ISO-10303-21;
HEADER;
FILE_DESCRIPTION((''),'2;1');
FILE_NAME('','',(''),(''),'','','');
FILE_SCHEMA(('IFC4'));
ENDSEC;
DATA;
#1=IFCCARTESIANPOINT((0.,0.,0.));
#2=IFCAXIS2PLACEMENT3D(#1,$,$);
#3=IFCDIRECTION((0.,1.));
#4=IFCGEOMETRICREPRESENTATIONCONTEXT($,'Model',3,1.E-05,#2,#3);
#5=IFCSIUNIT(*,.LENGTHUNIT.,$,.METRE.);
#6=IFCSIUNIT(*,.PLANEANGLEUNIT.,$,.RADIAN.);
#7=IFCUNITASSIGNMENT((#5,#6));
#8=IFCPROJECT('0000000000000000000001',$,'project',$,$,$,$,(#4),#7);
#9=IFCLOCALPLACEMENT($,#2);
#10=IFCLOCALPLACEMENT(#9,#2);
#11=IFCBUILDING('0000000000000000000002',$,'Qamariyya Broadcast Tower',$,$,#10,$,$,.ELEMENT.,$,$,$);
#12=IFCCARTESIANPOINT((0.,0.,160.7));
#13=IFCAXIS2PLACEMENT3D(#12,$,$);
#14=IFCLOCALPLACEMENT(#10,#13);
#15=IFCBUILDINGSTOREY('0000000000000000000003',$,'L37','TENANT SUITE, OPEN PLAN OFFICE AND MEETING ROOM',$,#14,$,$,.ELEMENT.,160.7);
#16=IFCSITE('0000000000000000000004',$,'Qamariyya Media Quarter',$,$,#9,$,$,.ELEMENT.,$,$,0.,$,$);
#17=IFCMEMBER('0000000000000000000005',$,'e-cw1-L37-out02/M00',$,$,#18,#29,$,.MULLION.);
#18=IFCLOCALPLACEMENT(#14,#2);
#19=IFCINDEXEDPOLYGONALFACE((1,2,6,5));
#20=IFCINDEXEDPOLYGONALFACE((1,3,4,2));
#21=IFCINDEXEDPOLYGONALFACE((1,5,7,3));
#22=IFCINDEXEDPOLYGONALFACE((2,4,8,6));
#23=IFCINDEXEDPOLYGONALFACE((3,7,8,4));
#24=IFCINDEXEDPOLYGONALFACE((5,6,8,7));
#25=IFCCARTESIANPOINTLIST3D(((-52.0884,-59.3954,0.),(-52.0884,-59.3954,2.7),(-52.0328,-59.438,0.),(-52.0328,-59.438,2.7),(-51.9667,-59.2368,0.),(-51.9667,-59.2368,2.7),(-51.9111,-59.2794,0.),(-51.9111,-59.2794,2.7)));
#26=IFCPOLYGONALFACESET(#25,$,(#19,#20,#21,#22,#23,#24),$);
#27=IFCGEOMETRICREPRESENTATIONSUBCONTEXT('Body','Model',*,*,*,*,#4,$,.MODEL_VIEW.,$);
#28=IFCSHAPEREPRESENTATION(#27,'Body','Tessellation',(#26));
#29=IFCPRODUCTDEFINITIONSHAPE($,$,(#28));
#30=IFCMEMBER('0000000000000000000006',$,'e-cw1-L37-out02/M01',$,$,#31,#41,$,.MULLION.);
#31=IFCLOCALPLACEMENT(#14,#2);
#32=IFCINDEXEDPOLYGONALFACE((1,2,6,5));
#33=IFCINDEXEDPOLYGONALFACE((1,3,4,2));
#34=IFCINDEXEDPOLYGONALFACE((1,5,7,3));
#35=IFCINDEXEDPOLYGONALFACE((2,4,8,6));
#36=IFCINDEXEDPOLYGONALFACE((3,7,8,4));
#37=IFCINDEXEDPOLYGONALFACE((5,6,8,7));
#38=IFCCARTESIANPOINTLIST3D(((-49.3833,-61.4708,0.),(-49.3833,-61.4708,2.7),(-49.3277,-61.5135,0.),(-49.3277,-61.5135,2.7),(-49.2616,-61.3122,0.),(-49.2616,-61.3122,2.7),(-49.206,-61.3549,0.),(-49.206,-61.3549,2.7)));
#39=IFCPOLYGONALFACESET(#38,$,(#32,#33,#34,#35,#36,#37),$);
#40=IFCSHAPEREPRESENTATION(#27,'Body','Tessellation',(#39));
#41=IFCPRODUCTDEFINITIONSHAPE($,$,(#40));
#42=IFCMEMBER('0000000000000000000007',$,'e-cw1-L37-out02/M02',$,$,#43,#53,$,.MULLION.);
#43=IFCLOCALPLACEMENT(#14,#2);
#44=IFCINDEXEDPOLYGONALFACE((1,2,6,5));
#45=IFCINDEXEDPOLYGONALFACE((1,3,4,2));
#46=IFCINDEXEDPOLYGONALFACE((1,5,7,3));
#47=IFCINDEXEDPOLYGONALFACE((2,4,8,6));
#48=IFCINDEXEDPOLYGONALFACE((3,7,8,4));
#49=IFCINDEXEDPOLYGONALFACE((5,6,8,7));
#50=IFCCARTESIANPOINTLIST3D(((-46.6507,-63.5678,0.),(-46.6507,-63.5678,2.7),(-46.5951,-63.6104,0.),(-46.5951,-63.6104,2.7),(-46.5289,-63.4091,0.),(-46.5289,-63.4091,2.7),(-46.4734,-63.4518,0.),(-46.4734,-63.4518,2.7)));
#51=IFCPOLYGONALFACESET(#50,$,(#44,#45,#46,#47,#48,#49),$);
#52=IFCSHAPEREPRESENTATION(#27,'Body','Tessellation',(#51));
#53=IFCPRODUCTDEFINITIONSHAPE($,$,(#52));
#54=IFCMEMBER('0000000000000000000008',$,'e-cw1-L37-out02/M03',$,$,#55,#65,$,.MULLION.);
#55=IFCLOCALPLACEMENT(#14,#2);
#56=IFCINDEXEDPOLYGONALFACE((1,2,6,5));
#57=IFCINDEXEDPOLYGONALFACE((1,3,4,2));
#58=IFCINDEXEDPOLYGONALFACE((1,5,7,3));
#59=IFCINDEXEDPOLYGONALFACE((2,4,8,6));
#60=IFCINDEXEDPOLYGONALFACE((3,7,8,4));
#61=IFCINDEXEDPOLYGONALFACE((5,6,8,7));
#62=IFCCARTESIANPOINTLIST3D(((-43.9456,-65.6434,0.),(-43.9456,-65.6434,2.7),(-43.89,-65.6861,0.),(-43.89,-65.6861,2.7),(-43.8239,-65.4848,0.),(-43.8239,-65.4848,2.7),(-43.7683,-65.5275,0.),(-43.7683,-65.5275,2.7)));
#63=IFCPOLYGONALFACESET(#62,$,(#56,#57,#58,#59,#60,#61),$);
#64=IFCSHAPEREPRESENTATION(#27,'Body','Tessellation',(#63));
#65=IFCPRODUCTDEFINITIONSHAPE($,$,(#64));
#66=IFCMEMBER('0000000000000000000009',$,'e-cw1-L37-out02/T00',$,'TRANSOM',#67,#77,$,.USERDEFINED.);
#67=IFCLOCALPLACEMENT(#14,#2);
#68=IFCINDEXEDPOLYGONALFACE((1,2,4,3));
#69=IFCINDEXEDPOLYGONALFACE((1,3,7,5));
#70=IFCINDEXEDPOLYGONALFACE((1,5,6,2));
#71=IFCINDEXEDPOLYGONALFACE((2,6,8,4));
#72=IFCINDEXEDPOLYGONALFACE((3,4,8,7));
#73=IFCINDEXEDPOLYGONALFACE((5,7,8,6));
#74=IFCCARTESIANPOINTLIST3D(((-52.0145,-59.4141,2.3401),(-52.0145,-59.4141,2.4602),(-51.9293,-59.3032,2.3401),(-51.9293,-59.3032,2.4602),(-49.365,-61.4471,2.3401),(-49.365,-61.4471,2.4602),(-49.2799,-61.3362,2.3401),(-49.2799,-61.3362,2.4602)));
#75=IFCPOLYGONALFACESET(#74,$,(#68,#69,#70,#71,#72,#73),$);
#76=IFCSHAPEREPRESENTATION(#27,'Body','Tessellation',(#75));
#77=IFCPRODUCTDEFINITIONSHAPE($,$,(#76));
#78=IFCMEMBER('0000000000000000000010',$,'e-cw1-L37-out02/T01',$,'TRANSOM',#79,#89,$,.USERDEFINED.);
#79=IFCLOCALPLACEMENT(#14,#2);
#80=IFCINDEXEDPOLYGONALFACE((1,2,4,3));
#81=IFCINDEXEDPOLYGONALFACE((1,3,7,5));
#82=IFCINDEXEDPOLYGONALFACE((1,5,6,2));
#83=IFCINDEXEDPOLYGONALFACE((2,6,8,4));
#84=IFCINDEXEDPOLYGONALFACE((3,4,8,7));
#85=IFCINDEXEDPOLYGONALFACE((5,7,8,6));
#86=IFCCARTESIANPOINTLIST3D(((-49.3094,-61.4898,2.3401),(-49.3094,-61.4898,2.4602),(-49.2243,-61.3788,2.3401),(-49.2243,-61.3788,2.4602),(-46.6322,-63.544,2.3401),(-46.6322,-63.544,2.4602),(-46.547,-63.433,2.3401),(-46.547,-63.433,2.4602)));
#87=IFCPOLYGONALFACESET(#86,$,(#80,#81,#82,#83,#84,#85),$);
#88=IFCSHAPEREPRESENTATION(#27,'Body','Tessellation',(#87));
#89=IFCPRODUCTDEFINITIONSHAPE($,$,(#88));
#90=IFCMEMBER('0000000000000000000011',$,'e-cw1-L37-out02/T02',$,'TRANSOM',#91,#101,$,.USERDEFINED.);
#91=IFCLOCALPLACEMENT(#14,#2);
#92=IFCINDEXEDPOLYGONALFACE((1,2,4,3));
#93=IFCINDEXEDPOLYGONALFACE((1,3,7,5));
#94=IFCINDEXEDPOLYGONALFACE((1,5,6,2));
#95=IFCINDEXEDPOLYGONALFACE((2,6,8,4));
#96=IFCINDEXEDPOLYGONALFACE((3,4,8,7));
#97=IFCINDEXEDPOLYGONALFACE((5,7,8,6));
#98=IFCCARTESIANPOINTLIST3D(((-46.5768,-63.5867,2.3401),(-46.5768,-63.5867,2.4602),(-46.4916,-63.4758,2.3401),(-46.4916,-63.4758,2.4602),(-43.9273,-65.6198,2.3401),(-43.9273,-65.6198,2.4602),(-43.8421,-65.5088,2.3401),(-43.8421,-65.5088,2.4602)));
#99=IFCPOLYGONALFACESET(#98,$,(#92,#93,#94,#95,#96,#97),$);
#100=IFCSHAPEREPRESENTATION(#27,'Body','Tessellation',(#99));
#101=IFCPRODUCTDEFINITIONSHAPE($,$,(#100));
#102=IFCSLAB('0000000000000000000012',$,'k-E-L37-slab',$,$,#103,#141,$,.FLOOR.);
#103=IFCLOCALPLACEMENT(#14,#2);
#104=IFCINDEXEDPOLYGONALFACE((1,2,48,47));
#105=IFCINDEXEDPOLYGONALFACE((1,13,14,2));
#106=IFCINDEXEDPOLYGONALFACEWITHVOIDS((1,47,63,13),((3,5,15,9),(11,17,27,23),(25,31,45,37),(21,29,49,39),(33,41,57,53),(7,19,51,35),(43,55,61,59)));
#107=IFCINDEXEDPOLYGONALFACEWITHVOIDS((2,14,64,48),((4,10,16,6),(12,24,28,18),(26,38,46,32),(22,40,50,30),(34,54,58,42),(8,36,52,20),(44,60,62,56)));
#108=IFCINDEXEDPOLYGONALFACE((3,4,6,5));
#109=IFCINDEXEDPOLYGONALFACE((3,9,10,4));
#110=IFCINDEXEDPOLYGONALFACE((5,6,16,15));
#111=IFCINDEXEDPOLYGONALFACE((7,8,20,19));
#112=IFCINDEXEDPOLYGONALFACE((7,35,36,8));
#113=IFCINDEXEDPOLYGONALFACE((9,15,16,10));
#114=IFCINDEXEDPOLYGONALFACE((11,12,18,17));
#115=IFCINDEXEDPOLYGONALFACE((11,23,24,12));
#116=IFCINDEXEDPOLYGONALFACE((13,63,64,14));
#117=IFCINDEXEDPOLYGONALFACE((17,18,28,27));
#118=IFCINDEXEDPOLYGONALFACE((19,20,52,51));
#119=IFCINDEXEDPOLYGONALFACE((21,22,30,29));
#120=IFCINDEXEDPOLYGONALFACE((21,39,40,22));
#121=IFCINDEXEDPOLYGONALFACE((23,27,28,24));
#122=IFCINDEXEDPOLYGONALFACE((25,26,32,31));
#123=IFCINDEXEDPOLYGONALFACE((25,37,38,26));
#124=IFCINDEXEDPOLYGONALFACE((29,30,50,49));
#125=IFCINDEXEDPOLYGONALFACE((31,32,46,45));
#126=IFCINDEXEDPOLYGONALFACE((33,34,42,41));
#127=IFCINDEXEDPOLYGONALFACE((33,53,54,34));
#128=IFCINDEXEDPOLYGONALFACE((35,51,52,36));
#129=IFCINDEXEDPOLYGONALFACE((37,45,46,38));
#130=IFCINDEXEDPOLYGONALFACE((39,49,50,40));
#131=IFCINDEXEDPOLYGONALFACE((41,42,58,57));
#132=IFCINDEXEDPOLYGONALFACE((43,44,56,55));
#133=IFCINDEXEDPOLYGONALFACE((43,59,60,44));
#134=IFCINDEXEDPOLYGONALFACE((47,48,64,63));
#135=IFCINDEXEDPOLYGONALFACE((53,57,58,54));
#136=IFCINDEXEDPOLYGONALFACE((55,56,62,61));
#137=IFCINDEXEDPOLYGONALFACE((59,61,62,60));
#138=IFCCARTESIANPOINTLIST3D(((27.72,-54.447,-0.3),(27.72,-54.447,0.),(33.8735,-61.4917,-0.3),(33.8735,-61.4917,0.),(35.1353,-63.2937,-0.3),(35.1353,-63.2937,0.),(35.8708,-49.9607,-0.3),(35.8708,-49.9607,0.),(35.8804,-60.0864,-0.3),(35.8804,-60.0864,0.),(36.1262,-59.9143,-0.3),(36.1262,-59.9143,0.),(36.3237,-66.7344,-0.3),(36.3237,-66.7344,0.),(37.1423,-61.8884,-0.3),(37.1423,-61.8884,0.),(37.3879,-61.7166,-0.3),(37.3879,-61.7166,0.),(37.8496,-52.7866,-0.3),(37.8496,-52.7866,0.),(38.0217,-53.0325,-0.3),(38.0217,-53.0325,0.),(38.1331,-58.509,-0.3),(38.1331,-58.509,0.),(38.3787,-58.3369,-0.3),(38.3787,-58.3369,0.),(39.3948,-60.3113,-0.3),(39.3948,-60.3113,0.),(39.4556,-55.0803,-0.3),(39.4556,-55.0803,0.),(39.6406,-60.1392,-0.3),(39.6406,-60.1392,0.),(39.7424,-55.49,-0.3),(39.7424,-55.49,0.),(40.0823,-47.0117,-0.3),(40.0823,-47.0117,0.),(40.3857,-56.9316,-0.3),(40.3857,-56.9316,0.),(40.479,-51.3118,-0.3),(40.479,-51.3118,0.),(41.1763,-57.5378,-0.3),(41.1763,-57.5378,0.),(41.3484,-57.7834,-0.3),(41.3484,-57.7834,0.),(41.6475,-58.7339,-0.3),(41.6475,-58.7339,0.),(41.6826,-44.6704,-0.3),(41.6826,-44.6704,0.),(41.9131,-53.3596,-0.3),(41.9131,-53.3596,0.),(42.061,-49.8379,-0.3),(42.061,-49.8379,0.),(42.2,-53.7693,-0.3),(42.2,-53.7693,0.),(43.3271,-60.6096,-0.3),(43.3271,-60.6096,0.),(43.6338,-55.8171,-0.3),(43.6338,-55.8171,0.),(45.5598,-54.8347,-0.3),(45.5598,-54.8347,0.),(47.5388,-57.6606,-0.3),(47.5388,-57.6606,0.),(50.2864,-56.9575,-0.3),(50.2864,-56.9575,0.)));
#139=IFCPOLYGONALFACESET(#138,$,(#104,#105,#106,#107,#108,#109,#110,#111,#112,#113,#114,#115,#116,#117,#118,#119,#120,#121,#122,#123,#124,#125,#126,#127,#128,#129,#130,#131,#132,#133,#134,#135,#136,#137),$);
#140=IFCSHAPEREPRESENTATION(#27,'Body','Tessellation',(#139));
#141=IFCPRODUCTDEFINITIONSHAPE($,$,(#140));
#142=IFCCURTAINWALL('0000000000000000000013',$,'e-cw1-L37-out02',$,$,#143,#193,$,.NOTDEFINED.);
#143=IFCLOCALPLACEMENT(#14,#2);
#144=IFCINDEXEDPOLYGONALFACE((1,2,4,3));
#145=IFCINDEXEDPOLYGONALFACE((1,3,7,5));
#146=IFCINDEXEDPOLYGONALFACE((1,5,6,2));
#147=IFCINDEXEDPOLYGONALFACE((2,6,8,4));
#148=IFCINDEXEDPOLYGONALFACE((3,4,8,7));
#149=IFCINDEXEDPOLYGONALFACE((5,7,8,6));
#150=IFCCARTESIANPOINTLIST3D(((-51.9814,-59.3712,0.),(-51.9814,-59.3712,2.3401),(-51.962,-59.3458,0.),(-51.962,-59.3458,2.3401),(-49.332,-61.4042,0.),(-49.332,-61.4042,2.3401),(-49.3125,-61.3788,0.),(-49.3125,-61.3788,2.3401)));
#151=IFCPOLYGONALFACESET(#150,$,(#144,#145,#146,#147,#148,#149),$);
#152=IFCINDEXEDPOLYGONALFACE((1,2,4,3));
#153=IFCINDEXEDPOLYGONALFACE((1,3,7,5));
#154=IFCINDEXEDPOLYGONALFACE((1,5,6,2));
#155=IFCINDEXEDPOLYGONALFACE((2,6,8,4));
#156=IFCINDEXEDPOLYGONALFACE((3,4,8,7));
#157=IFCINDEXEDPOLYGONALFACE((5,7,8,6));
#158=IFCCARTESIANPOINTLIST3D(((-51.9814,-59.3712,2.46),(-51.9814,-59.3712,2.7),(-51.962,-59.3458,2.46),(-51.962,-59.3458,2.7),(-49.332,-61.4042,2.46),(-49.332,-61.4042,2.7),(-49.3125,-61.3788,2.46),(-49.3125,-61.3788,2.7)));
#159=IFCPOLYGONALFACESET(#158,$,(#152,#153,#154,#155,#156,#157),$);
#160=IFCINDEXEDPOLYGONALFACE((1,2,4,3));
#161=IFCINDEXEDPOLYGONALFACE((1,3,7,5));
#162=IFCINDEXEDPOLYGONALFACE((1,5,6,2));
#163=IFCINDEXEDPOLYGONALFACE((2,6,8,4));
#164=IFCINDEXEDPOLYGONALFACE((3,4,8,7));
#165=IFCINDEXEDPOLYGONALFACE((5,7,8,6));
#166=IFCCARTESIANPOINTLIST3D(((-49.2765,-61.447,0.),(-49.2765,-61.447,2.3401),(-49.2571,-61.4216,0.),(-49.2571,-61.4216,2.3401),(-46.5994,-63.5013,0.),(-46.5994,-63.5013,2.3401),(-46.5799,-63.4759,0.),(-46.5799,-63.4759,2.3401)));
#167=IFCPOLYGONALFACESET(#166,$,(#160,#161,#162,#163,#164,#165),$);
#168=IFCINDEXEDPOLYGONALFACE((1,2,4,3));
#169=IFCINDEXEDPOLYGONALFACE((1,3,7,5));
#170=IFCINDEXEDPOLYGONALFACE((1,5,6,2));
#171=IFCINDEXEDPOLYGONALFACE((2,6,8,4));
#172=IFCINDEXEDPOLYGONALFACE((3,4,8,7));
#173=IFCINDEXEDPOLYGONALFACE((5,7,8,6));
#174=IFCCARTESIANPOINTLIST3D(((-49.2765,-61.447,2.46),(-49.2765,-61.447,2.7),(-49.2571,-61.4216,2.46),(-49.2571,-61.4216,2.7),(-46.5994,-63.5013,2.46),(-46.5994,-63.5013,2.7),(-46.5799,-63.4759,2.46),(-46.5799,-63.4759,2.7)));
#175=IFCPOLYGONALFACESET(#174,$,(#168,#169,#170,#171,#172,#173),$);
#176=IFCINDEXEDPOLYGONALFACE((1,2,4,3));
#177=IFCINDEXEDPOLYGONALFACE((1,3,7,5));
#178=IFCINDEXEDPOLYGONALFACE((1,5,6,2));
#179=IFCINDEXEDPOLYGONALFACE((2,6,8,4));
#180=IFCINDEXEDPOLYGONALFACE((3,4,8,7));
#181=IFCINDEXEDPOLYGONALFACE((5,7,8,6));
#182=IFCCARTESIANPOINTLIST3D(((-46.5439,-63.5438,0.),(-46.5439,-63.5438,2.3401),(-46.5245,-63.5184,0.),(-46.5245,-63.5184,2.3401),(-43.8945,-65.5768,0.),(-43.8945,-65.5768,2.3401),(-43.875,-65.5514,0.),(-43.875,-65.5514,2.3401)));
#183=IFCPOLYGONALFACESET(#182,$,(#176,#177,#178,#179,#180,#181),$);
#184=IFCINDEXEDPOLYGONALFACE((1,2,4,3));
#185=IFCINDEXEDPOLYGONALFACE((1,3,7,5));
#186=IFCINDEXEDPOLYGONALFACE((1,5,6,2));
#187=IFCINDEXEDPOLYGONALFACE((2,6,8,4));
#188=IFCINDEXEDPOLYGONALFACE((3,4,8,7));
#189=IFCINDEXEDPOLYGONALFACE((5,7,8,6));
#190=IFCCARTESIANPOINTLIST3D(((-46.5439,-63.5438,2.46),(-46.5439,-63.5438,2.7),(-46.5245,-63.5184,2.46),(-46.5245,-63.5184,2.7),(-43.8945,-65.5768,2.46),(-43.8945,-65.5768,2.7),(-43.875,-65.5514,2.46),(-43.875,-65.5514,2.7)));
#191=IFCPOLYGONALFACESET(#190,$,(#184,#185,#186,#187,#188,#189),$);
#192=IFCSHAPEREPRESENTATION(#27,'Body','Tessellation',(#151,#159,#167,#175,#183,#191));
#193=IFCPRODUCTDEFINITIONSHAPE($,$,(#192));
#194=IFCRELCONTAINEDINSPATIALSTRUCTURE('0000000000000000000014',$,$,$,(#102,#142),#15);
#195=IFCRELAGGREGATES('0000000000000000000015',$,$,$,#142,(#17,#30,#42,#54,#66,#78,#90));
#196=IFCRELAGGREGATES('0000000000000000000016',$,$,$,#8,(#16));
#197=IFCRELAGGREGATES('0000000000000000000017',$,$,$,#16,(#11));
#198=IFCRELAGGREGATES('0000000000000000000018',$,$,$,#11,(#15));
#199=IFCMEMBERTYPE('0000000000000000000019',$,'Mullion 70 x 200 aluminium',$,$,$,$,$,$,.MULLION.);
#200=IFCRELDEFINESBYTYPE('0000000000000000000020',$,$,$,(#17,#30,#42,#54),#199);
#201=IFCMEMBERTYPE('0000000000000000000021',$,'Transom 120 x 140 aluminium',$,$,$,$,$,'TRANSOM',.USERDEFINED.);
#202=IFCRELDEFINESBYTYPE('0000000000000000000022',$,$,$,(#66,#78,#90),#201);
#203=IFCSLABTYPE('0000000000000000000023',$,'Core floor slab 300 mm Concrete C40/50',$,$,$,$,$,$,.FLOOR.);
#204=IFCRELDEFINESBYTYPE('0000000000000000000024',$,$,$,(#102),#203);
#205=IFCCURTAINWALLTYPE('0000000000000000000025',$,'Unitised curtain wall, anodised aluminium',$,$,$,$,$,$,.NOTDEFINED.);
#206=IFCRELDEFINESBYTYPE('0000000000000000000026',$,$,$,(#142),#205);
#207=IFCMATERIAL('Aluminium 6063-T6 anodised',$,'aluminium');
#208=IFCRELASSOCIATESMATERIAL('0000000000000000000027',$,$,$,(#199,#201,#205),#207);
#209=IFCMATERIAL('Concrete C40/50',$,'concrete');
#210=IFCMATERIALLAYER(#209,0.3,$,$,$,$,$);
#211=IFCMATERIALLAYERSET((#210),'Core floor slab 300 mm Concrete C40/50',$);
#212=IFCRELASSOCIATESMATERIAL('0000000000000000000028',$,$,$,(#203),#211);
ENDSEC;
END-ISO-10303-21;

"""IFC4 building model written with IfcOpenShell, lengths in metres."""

from ifc_helpers import new_model, si_unit, direction, frame, origin, origin_2d, place, context, subcontext, project, spatial, polyline, rectangle, outline, extrude, material, layer, layer_set, material_profile, profile_set, type_object, element, aggregate, save


model = new_model("IFC4")

# Units and contexts
model_context = context("Model", 3, precision=1e-05, world=origin(), true_north=direction((0.0, 1.0)))
body_context = subcontext(model_context, "Body", "Model", "MODEL_VIEW")
ifc_project = project(units=[si_unit("LENGTHUNIT", "METRE"), si_unit("PLANEANGLEUNIT", "RADIAN")], contexts=[model_context])

# Members
ifc_material_1 = material(Name="Aluminium 6063-T6 anodised", Category="aluminium")
ifc_material_profile_1 = material_profile(ifc_material_1, rectangle(XDim=0.2, YDim=0.0701, at=origin_2d()))
ifc_profile_set_1 = profile_set([ifc_material_profile_1], Name="Aluminium 6063-T6 anodised")
member_type_1 = type_object("IfcMemberType", Name="Mullion 70 x 200 aluminium", PredefinedType="MULLION", material=ifc_profile_set_1)
site_placement = place(None, origin())
building_placement = place(site_placement, origin())
storey_placement = place(building_placement, frame((0.0, 0.0, 160.7)))
member_1_placement = place(storey_placement, frame((-51.9998, -59.3374, 0.0), z_axis=(0.0, 0.0, 1.0), x_axis=(0.608761, 0.793353, 0.0)))
member_1 = element("IfcMember", 1, at=member_1_placement, type_object=member_type_1, Name="e-cw1-L37-out02/M00", PredefinedType="MULLION", context=body_context, shape_type="SweptSolid", body=[
    extrude(rectangle(XDim=0.2, YDim=0.0701, at=origin_2d()), origin(), (0.0, 0.0, 1.0), 2.7),
])
member_2_placement = place(storey_placement, frame((-49.2947, -61.4128, 0.0), z_axis=(0.0, 0.0, 1.0), x_axis=(0.608761, 0.793353, 0.0)))
member_2 = element("IfcMember", 2, at=member_2_placement, type_object=member_type_1, Name="e-cw1-L37-out02/M01", PredefinedType="MULLION", context=body_context, shape_type="SweptSolid", body=[
    extrude(rectangle(XDim=0.2, YDim=0.0701, at=origin_2d()), origin(), (0.0, 0.0, 1.0), 2.7),
])
member_3_placement = place(storey_placement, frame((-46.562, -63.5098, 0.0), z_axis=(0.0, 0.0, 1.0), x_axis=(0.608761, 0.793353, 0.0)))
member_3 = element("IfcMember", 3, at=member_3_placement, type_object=member_type_1, Name="e-cw1-L37-out02/M02", PredefinedType="MULLION", context=body_context, shape_type="SweptSolid", body=[
    extrude(rectangle(XDim=0.2, YDim=0.0701, at=origin_2d()), origin(), (0.0, 0.0, 1.0), 2.7),
])
member_4_placement = place(storey_placement, frame((-43.8569, -65.5854, 0.0), z_axis=(0.0, 0.0, 1.0), x_axis=(0.608761, 0.793353, 0.0)))
member_4 = element("IfcMember", 4, at=member_4_placement, type_object=member_type_1, Name="e-cw1-L37-out02/M03", PredefinedType="MULLION", context=body_context, shape_type="SweptSolid", body=[
    extrude(rectangle(XDim=0.2, YDim=0.0701, at=origin_2d()), origin(), (0.0, 0.0, 1.0), 2.7),
])
ifc_material_profile_2 = material_profile(ifc_material_1, rectangle(XDim=0.1399, YDim=0.1201, at=origin_2d()))
ifc_profile_set_2 = profile_set([ifc_material_profile_2], Name="Aluminium 6063-T6 anodised")
member_type_2 = type_object("IfcMemberType", Name="Transom 120 x 140 aluminium", ElementType="TRANSOM", PredefinedType="USERDEFINED", material=ifc_profile_set_2)
member_5_placement = place(storey_placement, frame((-51.9719, -59.3586, 2.4001), z_axis=(0.793354, -0.60876, 0.0), x_axis=(0.60876, 0.793354, 0.0)))
member_5 = element("IfcMember", 5, at=member_5_placement, type_object=member_type_2, Name="e-cw1-L37-out02/T00", ObjectType="TRANSOM", PredefinedType="USERDEFINED", context=body_context, shape_type="SweptSolid", body=[
    extrude(rectangle(XDim=0.1399, YDim=0.1201, at=origin_2d()), origin(), (0.0, 0.0, 1.0), 3.3396),
])
member_6_placement = place(storey_placement, frame((-49.2668, -61.4343, 2.4001), z_axis=(0.793371, -0.608738, 0.0), x_axis=(0.608738, 0.793371, 0.0)))
member_6 = element("IfcMember", 6, at=member_6_placement, type_object=member_type_2, Name="e-cw1-L37-out02/T01", ObjectType="TRANSOM", PredefinedType="USERDEFINED", context=body_context, shape_type="SweptSolid", body=[
    extrude(rectangle(XDim=0.1399, YDim=0.1201, at=origin_2d()), origin(), (0.0, 0.0, 1.0), 3.3745),
])
member_7_placement = place(storey_placement, frame((-46.5342, -63.5312, 2.4001), z_axis=(0.793354, -0.60876, 0.0), x_axis=(0.60876, 0.793354, 0.0)))
member_7 = element("IfcMember", 7, at=member_7_placement, type_object=member_type_2, Name="e-cw1-L37-out02/T02", ObjectType="TRANSOM", PredefinedType="USERDEFINED", context=body_context, shape_type="SweptSolid", body=[
    extrude(rectangle(XDim=0.1399, YDim=0.1201, at=origin_2d()), origin(), (0.0, 0.0, 1.0), 3.3396),
])

# Site, building, storey
site = spatial("IfcSite", under=ifc_project, at=site_placement, Name="Qamariyya Media Quarter", CompositionType="ELEMENT", RefElevation=0.0)
building = spatial("IfcBuilding", under=site, at=building_placement, Name="Qamariyya Broadcast Tower", CompositionType="ELEMENT")
storey = spatial("IfcBuildingStorey", under=building, at=storey_placement, Name="L37", Description="TENANT SUITE, OPEN PLAN OFFICE AND MEETING ROOM", CompositionType="ELEMENT", Elevation=160.7)

# Slab
ifc_material_2 = material(Name="Concrete C40/50", Category="concrete")
ifc_layer_1 = layer(ifc_material_2, 0.3)
ifc_layer_set_1 = layer_set([ifc_layer_1], Name="Core floor slab 300 mm Concrete C40/50")
slab_type_1 = type_object("IfcSlabType", Name="Core floor slab 300 mm Concrete C40/50", PredefinedType="FLOOR", material=ifc_layer_set_1)
slab_1_placement = place(storey_placement, frame((0.0, 0.0, -0.3)))
element("IfcSlab", 8, at=slab_1_placement, inside=storey, type_object=slab_type_1, Name="k-E-L37-slab", PredefinedType="FLOOR", context=body_context, shape_type="SweptSolid", body=[
    extrude(outline(polyline([(36.3237, -66.7344), (50.2864, -56.9575), (41.6826, -44.6704), (27.72, -54.447), (36.3237, -66.7344)]), holes=[polyline([(33.8735, -61.4917), (35.8804, -60.0864), (37.1423, -61.8884), (35.1353, -63.2937), (33.8735, -61.4917)]), polyline([(36.1262, -59.9143), (38.1331, -58.509), (39.3948, -60.3113), (37.3879, -61.7166), (36.1262, -59.9143)]), polyline([(38.3787, -58.3369), (40.3857, -56.9316), (41.6475, -58.7339), (39.6406, -60.1392), (38.3787, -58.3369)]), polyline([(39.7424, -55.49), (42.2, -53.7693), (43.6338, -55.8171), (41.1763, -57.5378), (39.7424, -55.49)]), polyline([(39.4556, -55.0803), (41.9131, -53.3596), (40.479, -51.3118), (38.0217, -53.0325), (39.4556, -55.0803)]), polyline([(40.0823, -47.0117), (35.8708, -49.9607), (37.8496, -52.7866), (42.061, -49.8379), (40.0823, -47.0117)]), polyline([(45.5598, -54.8347), (41.3484, -57.7834), (43.3271, -60.6096), (47.5388, -57.6606), (45.5598, -54.8347)])]), origin(), (0.0, 0.0, 1.0), 0.3),
])

# Curtain wall
curtain_wall_type = type_object("IfcCurtainWallType", Name="Unitised curtain wall, anodised aluminium", PredefinedType="NOTDEFINED", material=ifc_material_1)
curtain_wall_1_placement = place(storey_placement, origin())
curtain_wall_1 = element("IfcCurtainWall", 9, at=curtain_wall_1_placement, inside=storey, type_object=curtain_wall_type, Name="e-cw1-L37-out02", PredefinedType="NOTDEFINED", context=body_context, shape_type="SweptSolid", body=[
    extrude(rectangle(XDim=3.3396, YDim=0.032, at=origin_2d()), frame((-50.647, -60.375, 0.0), x_axis=(0.793352, -0.608764, 0.0)), (0.0, 0.0, 1.0), 2.3401),
    extrude(rectangle(XDim=3.3396, YDim=0.032, at=origin_2d()), frame((-50.647, -60.375, 2.46), x_axis=(0.793352, -0.608764, 0.0)), (0.0, 0.0, 1.0), 0.24),
    extrude(rectangle(XDim=3.3745, YDim=0.032, at=origin_2d()), frame((-47.9282, -62.4614, 0.0), x_axis=(0.793352, -0.608764, 0.0)), (0.0, 0.0, 1.0), 2.3401),
    extrude(rectangle(XDim=3.3745, YDim=0.032, at=origin_2d()), frame((-47.9282, -62.4614, 2.46), x_axis=(0.793352, -0.608764, 0.0)), (0.0, 0.0, 1.0), 0.24),
    extrude(rectangle(XDim=3.3396, YDim=0.032, at=origin_2d()), frame((-45.2095, -64.5476, 0.0), x_axis=(0.793352, -0.608764, 0.0)), (0.0, 0.0, 1.0), 2.3401),
    extrude(rectangle(XDim=3.3396, YDim=0.032, at=origin_2d()), frame((-45.2095, -64.5476, 2.46), x_axis=(0.793352, -0.608764, 0.0)), (0.0, 0.0, 1.0), 0.24),
])
aggregate(curtain_wall_1, [member_1, member_2, member_3, member_4, member_5, member_6, member_7])

save(model, "model.ifc")
